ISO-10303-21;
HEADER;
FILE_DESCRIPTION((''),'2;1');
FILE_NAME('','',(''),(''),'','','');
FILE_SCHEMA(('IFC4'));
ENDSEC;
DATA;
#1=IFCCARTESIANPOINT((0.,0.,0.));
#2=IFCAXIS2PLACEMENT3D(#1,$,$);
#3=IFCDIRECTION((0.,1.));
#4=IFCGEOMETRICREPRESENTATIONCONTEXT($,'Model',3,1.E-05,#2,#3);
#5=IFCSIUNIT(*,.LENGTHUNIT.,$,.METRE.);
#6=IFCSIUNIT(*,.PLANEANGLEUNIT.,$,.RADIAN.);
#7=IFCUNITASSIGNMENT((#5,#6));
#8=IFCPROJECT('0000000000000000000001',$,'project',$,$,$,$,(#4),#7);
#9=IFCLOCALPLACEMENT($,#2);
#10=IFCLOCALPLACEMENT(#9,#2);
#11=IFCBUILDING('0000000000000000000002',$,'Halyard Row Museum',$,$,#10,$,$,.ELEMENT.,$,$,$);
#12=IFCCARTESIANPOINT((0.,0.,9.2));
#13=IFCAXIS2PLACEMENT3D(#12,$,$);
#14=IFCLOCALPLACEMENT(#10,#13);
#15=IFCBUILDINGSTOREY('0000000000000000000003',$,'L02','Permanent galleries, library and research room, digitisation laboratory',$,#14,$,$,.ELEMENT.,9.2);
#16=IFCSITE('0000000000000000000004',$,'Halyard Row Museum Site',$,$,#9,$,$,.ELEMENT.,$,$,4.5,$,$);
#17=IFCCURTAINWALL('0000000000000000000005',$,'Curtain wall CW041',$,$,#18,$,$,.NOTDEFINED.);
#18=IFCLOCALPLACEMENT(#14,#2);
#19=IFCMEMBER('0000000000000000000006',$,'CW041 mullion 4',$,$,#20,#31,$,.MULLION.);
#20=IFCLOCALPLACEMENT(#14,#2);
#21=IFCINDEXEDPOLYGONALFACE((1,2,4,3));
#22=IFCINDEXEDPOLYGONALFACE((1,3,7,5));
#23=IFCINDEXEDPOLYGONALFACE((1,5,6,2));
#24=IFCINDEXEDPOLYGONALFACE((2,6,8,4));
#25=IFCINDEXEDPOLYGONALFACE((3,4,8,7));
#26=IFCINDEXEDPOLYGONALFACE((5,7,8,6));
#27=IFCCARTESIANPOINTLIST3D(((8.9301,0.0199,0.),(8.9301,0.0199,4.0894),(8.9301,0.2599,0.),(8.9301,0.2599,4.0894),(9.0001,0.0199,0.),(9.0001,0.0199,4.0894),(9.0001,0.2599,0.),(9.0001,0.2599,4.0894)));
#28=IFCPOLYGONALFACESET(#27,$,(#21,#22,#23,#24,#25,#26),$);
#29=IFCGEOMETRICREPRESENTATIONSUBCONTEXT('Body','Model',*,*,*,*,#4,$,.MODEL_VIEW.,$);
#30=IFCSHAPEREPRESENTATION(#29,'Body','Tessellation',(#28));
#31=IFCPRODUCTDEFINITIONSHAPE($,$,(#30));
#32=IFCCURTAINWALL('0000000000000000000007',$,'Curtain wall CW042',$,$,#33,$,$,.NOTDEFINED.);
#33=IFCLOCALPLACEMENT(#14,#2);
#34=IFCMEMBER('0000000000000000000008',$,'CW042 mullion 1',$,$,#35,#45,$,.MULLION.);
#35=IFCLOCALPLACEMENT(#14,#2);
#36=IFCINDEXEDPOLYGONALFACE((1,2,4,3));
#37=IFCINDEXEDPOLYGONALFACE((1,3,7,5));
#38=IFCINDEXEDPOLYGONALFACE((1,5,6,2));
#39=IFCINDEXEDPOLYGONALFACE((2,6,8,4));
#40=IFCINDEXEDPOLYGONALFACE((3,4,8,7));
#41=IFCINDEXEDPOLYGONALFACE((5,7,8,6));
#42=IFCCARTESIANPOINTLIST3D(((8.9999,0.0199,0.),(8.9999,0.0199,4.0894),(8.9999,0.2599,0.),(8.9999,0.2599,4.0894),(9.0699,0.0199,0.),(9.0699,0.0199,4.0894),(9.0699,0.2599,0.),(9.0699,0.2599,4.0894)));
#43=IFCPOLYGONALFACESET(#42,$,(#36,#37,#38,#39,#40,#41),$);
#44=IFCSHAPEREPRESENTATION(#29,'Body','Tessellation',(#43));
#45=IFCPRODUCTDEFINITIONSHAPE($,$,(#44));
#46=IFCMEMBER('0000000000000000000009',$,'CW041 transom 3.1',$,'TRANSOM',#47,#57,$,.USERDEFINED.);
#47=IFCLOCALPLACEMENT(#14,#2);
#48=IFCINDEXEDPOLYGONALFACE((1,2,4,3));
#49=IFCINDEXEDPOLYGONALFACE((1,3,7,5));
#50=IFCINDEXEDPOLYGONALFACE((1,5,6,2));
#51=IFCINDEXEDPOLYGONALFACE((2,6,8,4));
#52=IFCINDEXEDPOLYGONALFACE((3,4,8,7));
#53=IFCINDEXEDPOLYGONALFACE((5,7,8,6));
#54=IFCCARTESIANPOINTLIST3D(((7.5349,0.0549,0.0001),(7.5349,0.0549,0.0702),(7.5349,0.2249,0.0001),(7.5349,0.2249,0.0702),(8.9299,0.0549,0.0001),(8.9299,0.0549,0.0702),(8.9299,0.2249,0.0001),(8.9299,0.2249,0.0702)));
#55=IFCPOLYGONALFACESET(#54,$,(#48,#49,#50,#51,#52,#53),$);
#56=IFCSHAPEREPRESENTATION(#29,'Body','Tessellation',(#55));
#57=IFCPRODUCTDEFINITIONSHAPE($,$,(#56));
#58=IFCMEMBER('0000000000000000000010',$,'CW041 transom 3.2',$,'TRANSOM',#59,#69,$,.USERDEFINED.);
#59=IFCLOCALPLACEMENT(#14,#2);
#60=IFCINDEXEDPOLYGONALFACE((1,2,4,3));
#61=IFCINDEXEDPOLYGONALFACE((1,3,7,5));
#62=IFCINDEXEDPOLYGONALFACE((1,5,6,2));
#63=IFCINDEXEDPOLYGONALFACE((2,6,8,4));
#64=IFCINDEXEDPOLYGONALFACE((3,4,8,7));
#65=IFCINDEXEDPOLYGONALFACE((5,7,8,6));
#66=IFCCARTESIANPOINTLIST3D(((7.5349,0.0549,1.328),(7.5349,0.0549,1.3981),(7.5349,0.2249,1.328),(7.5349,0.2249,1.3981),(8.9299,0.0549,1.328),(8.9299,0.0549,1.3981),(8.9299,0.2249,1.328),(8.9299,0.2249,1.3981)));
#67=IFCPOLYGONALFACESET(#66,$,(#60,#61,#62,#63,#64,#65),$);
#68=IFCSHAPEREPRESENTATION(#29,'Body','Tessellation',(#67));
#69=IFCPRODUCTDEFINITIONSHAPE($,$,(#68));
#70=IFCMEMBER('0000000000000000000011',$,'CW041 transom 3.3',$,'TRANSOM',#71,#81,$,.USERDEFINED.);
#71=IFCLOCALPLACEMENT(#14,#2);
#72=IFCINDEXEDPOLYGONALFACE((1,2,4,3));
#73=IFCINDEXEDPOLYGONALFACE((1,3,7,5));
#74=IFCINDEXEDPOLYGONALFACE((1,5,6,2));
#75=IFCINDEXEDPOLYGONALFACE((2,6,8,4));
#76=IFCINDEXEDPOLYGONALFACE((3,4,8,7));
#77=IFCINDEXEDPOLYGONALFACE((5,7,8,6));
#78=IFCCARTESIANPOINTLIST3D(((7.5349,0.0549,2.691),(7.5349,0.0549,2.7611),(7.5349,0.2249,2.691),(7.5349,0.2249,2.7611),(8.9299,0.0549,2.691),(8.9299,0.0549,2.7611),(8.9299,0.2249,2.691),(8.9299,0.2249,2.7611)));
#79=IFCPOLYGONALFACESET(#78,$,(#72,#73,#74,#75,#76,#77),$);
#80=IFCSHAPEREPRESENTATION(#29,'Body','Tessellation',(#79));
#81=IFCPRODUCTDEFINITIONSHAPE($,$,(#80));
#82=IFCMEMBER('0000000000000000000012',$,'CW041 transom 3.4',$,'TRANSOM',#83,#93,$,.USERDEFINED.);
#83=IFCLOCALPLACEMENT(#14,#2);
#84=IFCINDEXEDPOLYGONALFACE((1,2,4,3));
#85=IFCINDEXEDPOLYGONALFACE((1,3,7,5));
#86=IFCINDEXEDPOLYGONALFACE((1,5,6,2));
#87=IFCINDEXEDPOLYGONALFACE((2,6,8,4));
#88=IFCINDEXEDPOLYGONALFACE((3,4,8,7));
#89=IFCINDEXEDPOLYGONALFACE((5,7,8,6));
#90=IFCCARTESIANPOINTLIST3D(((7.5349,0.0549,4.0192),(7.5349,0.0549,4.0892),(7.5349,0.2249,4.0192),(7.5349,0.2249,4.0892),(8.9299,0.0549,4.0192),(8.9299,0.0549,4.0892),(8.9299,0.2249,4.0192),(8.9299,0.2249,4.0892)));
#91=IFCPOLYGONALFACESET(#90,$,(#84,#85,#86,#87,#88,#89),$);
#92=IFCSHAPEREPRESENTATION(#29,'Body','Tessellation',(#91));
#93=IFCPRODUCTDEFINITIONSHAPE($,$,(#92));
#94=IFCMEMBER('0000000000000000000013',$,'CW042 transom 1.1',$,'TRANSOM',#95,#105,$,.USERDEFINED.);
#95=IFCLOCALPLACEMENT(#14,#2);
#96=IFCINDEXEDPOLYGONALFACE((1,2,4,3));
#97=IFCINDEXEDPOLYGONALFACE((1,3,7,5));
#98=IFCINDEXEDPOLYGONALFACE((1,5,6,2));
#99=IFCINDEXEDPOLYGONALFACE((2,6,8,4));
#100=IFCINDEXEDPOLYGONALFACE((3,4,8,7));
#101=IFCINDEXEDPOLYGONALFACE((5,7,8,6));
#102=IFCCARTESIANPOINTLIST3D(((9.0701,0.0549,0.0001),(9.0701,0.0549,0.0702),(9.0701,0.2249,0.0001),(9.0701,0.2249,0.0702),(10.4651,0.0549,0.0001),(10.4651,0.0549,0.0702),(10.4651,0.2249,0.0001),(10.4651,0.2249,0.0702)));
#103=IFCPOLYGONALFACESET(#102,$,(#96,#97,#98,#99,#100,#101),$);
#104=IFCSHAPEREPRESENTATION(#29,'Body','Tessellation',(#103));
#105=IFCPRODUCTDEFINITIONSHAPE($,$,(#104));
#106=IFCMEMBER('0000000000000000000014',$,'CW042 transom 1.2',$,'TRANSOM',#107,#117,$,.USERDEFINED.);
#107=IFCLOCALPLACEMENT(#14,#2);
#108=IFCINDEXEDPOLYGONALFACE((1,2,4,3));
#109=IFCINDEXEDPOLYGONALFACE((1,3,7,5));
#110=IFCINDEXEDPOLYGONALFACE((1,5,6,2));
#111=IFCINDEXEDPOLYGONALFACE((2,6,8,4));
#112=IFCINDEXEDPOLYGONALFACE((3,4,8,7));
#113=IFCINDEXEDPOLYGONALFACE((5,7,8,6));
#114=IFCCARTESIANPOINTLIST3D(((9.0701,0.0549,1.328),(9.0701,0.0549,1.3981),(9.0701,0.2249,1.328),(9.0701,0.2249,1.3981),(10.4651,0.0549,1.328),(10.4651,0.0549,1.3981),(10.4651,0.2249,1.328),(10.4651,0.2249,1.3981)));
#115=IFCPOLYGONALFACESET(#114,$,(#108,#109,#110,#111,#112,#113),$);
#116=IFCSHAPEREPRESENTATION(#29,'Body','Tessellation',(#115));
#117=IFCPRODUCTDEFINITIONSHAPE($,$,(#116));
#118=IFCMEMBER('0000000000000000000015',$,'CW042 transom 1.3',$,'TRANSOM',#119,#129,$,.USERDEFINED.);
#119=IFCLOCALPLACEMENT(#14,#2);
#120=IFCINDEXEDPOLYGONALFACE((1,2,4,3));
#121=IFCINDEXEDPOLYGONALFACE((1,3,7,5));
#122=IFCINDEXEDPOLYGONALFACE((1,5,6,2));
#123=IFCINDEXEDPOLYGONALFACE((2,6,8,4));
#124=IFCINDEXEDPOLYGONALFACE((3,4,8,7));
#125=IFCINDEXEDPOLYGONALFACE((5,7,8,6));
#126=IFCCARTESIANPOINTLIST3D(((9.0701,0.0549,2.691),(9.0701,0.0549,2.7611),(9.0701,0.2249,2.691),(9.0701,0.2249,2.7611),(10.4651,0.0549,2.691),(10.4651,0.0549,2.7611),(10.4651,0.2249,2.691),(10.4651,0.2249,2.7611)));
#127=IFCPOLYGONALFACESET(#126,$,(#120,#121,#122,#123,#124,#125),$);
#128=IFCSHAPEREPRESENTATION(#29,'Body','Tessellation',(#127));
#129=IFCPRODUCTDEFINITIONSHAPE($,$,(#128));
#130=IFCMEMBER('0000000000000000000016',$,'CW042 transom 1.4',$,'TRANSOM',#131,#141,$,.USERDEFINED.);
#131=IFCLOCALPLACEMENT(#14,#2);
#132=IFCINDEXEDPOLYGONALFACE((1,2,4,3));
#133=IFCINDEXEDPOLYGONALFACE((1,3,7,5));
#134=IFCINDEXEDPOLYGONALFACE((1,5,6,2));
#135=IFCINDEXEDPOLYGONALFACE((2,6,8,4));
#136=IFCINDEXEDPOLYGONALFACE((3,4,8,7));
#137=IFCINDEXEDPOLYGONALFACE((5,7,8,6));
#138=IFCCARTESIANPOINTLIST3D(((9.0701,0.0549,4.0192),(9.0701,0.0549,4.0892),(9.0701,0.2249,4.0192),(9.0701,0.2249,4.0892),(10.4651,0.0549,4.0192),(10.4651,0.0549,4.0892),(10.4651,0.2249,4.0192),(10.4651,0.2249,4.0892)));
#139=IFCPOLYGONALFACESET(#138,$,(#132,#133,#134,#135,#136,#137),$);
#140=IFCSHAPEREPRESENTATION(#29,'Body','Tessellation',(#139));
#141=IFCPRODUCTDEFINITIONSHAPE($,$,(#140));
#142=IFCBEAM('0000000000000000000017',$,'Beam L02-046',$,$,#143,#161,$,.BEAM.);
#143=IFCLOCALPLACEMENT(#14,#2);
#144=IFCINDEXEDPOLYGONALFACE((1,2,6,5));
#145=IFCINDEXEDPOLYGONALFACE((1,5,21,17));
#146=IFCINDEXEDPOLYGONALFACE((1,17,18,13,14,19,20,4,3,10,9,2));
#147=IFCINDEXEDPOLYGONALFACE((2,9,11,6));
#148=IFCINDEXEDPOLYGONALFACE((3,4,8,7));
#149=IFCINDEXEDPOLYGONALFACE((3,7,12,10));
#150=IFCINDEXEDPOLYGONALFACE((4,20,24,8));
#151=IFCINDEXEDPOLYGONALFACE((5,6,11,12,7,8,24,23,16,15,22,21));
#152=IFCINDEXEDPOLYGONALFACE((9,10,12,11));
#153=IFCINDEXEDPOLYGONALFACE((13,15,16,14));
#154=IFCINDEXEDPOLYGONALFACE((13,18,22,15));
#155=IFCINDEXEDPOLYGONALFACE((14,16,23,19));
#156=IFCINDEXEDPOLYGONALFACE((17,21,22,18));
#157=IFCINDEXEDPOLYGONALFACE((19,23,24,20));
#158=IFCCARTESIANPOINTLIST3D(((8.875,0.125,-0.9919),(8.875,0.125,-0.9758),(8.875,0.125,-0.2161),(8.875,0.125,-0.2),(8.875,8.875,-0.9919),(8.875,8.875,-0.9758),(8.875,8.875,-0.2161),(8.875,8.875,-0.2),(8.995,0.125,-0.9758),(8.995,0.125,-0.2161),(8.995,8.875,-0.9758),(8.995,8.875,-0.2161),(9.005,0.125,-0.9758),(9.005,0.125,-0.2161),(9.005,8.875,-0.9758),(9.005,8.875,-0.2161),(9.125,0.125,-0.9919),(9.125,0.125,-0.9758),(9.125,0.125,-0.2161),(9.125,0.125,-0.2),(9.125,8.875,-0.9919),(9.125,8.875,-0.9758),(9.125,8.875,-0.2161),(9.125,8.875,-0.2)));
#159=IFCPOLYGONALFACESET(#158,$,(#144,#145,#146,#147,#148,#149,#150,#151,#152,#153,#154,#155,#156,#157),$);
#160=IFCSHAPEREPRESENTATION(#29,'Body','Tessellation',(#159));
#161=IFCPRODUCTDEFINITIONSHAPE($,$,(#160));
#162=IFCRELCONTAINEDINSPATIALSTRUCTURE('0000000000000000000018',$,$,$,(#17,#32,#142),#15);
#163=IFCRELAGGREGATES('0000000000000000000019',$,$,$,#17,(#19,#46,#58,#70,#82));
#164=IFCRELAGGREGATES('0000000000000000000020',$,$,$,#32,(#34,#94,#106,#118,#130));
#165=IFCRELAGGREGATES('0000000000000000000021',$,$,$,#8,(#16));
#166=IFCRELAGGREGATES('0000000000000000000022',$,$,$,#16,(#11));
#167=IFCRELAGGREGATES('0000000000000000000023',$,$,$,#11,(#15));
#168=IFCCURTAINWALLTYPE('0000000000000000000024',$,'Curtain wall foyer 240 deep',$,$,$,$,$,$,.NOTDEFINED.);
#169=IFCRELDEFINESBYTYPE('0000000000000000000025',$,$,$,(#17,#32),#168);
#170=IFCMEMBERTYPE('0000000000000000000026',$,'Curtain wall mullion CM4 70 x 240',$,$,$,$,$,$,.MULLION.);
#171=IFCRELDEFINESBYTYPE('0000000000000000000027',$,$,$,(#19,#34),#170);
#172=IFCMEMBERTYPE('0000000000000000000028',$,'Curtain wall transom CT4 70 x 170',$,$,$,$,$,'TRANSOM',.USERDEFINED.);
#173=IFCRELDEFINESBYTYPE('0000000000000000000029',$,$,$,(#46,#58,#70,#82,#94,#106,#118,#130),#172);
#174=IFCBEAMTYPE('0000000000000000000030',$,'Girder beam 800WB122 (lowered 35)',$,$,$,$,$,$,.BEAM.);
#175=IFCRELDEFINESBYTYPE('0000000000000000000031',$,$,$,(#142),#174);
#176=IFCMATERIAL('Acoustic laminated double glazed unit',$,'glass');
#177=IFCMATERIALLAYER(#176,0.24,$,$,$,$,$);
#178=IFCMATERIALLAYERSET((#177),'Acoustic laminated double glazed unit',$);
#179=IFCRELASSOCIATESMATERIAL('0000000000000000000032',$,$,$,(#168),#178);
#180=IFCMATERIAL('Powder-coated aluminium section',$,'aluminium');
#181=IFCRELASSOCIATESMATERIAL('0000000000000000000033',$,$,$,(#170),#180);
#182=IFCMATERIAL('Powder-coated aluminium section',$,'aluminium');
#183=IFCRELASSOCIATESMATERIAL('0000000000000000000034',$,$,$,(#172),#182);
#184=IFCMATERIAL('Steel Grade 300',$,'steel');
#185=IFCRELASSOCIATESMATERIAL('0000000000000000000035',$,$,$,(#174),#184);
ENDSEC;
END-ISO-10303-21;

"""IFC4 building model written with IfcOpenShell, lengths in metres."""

from ifc_helpers import new_model, si_unit, direction, frame, origin, origin_2d, place, context, subcontext, project, spatial, rectangle, i_section, extrude, material, layer, layer_set, material_profile, profile_set, type_object, element, aggregate, save


model = new_model("IFC4")

# Units and contexts
model_context = context("Model", 3, precision=1e-05, world=origin(), true_north=direction((0.0, 1.0)))
body_context = subcontext(model_context, "Body", "Model", "MODEL_VIEW")
ifc_project = project(units=[si_unit("LENGTHUNIT", "METRE"), si_unit("PLANEANGLEUNIT", "RADIAN")], contexts=[model_context])

# Site, building, storey
site_placement = place(None, origin())
site = spatial("IfcSite", under=ifc_project, at=site_placement, Name="Halyard Row Museum Site", CompositionType="ELEMENT", RefElevation=4.5)
building_placement = place(site_placement, origin())
building = spatial("IfcBuilding", under=site, at=building_placement, Name="Halyard Row Museum", CompositionType="ELEMENT")
storey_placement = place(building_placement, frame((0.0, 0.0, 9.2)))
storey = spatial("IfcBuildingStorey", under=building, at=storey_placement, Name="L02", Description="Permanent galleries, library and research room, digitisation laboratory", CompositionType="ELEMENT", Elevation=9.2)

# Curtain walls, members
ifc_material_1 = material(Name="Acoustic laminated double glazed unit", Category="glass")
ifc_layer_1 = layer(ifc_material_1, 0.24)
ifc_layer_set_1 = layer_set([ifc_layer_1], Name="Acoustic laminated double glazed unit")
curtain_wall_type = type_object("IfcCurtainWallType", Name="Curtain wall foyer 240 deep", PredefinedType="NOTDEFINED", material=ifc_layer_set_1)
curtain_wall_1_placement = place(storey_placement, origin())
curtain_wall_1 = element("IfcCurtainWall", 1, at=curtain_wall_1_placement, inside=storey, type_object=curtain_wall_type, Name="Curtain wall CW041", PredefinedType="NOTDEFINED")
ifc_material_2 = material(Name="Powder-coated aluminium section", Category="aluminium")
ifc_material_profile_1 = material_profile(ifc_material_2, rectangle(XDim=0.24, YDim=0.0701, at=origin_2d()), Name="240x70 mullion")
ifc_profile_set_1 = profile_set([ifc_material_profile_1], Name="Powder-coated aluminium section")
member_type_1 = type_object("IfcMemberType", Name="Curtain wall mullion CM4 70 x 240", PredefinedType="MULLION", material=ifc_profile_set_1)
member_1_placement = place(storey_placement, frame((8.9651, 0.1399, 0.0), z_axis=(0.0, 0.0, 1.0), x_axis=(0.0, 1.0, 0.0)))
member_1 = element("IfcMember", 2, at=member_1_placement, type_object=member_type_1, Name="CW041 mullion 4", PredefinedType="MULLION", context=body_context, shape_type="SweptSolid", body=[
    extrude(rectangle(XDim=0.24, YDim=0.0701, at=origin_2d()), origin(), (0.0, 0.0, 1.0), 4.0894),
])
curtain_wall_2_placement = place(storey_placement, origin())
curtain_wall_2 = element("IfcCurtainWall", 3, at=curtain_wall_2_placement, inside=storey, type_object=curtain_wall_type, Name="Curtain wall CW042", PredefinedType="NOTDEFINED")
member_2_placement = place(storey_placement, frame((9.0349, 0.1399, 0.0), z_axis=(0.0, 0.0, 1.0), x_axis=(0.0, 1.0, 0.0)))
member_2 = element("IfcMember", 4, at=member_2_placement, type_object=member_type_1, Name="CW042 mullion 1", PredefinedType="MULLION", context=body_context, shape_type="SweptSolid", body=[
    extrude(rectangle(XDim=0.24, YDim=0.0701, at=origin_2d()), origin(), (0.0, 0.0, 1.0), 4.0894),
])

# Members
ifc_material_3 = material(Name="Powder-coated aluminium section", Category="aluminium")
ifc_material_profile_2 = material_profile(ifc_material_3, rectangle(XDim=0.1699, YDim=0.0701, at=origin_2d()), Name="170x70 transom")
ifc_profile_set_2 = profile_set([ifc_material_profile_2], Name="Powder-coated aluminium section")
member_type_2 = type_object("IfcMemberType", Name="Curtain wall transom CT4 70 x 170", ElementType="TRANSOM", PredefinedType="USERDEFINED", material=ifc_profile_set_2)
member_3_placement = place(storey_placement, frame((7.5349, 0.1399, 0.0352), z_axis=(1.0, 0.0, 0.0), x_axis=(0.0, 1.0, 0.0)))
member_3 = element("IfcMember", 5, at=member_3_placement, type_object=member_type_2, Name="CW041 transom 3.1", ObjectType="TRANSOM", PredefinedType="USERDEFINED", context=body_context, shape_type="SweptSolid", body=[
    extrude(rectangle(XDim=0.1699, YDim=0.0701, at=origin_2d()), origin(), (0.0, 0.0, 1.0), 1.395),
])
member_4_placement = place(storey_placement, frame((7.5349, 0.1399, 1.363), z_axis=(1.0, 0.0, 0.0), x_axis=(0.0, 1.0, 0.0)))
member_4 = element("IfcMember", 6, at=member_4_placement, type_object=member_type_2, Name="CW041 transom 3.2", ObjectType="TRANSOM", PredefinedType="USERDEFINED", context=body_context, shape_type="SweptSolid", body=[
    extrude(rectangle(XDim=0.1699, YDim=0.0701, at=origin_2d()), origin(), (0.0, 0.0, 1.0), 1.395),
])
member_5_placement = place(storey_placement, frame((7.5349, 0.1399, 2.7261), z_axis=(1.0, 0.0, 0.0), x_axis=(0.0, 1.0, 0.0)))
member_5 = element("IfcMember", 7, at=member_5_placement, type_object=member_type_2, Name="CW041 transom 3.3", ObjectType="TRANSOM", PredefinedType="USERDEFINED", context=body_context, shape_type="SweptSolid", body=[
    extrude(rectangle(XDim=0.1699, YDim=0.0701, at=origin_2d()), origin(), (0.0, 0.0, 1.0), 1.395),
])
member_6_placement = place(storey_placement, frame((7.5349, 0.1399, 4.0542), z_axis=(1.0, 0.0, 0.0), x_axis=(0.0, 1.0, 0.0)))
member_6 = element("IfcMember", 8, at=member_6_placement, type_object=member_type_2, Name="CW041 transom 3.4", ObjectType="TRANSOM", PredefinedType="USERDEFINED", context=body_context, shape_type="SweptSolid", body=[
    extrude(rectangle(XDim=0.1699, YDim=0.0701, at=origin_2d()), origin(), (0.0, 0.0, 1.0), 1.395),
])
member_7_placement = place(storey_placement, frame((9.0701, 0.1399, 0.0352), z_axis=(1.0, 0.0, 0.0), x_axis=(0.0, 1.0, 0.0)))
member_7 = element("IfcMember", 9, at=member_7_placement, type_object=member_type_2, Name="CW042 transom 1.1", ObjectType="TRANSOM", PredefinedType="USERDEFINED", context=body_context, shape_type="SweptSolid", body=[
    extrude(rectangle(XDim=0.1699, YDim=0.0701, at=origin_2d()), origin(), (0.0, 0.0, 1.0), 1.395),
])
member_8_placement = place(storey_placement, frame((9.0701, 0.1399, 1.363), z_axis=(1.0, 0.0, 0.0), x_axis=(0.0, 1.0, 0.0)))
member_8 = element("IfcMember", 10, at=member_8_placement, type_object=member_type_2, Name="CW042 transom 1.2", ObjectType="TRANSOM", PredefinedType="USERDEFINED", context=body_context, shape_type="SweptSolid", body=[
    extrude(rectangle(XDim=0.1699, YDim=0.0701, at=origin_2d()), origin(), (0.0, 0.0, 1.0), 1.395),
])
member_9_placement = place(storey_placement, frame((9.0701, 0.1399, 2.7261), z_axis=(1.0, 0.0, 0.0), x_axis=(0.0, 1.0, 0.0)))
member_9 = element("IfcMember", 11, at=member_9_placement, type_object=member_type_2, Name="CW042 transom 1.3", ObjectType="TRANSOM", PredefinedType="USERDEFINED", context=body_context, shape_type="SweptSolid", body=[
    extrude(rectangle(XDim=0.1699, YDim=0.0701, at=origin_2d()), origin(), (0.0, 0.0, 1.0), 1.395),
])
member_10_placement = place(storey_placement, frame((9.0701, 0.1399, 4.0542), z_axis=(1.0, 0.0, 0.0), x_axis=(0.0, 1.0, 0.0)))
member_10 = element("IfcMember", 12, at=member_10_placement, type_object=member_type_2, Name="CW042 transom 1.4", ObjectType="TRANSOM", PredefinedType="USERDEFINED", context=body_context, shape_type="SweptSolid", body=[
    extrude(rectangle(XDim=0.1699, YDim=0.0701, at=origin_2d()), origin(), (0.0, 0.0, 1.0), 1.395),
])

# Beam
ifc_material_4 = material(Name="Steel Grade 300", Category="steel")
ifc_material_profile_3 = material_profile(ifc_material_4, i_section(OverallWidth=0.25, OverallDepth=0.792, WebThickness=0.01, FlangeThickness=0.0161, at=origin_2d()), Name="800WB122")
ifc_profile_set_3 = profile_set([ifc_material_profile_3], Name="Steel Grade 300")
beam_type = type_object("IfcBeamType", Name="Girder beam 800WB122 (lowered 35)", PredefinedType="BEAM", material=ifc_profile_set_3)
beam_placement = place(storey_placement, frame((9.0, 0.125, -0.5959), z_axis=(0.0, 1.0, 0.0), x_axis=(-1.0, 0.0, 0.0)))
element("IfcBeam", 13, at=beam_placement, inside=storey, type_object=beam_type, Name="Beam L02-046", PredefinedType="BEAM", context=body_context, shape_type="SweptSolid", body=[
    extrude(i_section(OverallWidth=0.25, OverallDepth=0.792, WebThickness=0.01, FlangeThickness=0.0161, at=origin_2d()), origin(), (0.0, 0.0, 1.0), 8.75),
])

aggregate(curtain_wall_1, [member_1, member_3, member_4, member_5, member_6])
aggregate(curtain_wall_2, [member_2, member_7, member_8, member_9, member_10])

save(model, "model.ifc")
